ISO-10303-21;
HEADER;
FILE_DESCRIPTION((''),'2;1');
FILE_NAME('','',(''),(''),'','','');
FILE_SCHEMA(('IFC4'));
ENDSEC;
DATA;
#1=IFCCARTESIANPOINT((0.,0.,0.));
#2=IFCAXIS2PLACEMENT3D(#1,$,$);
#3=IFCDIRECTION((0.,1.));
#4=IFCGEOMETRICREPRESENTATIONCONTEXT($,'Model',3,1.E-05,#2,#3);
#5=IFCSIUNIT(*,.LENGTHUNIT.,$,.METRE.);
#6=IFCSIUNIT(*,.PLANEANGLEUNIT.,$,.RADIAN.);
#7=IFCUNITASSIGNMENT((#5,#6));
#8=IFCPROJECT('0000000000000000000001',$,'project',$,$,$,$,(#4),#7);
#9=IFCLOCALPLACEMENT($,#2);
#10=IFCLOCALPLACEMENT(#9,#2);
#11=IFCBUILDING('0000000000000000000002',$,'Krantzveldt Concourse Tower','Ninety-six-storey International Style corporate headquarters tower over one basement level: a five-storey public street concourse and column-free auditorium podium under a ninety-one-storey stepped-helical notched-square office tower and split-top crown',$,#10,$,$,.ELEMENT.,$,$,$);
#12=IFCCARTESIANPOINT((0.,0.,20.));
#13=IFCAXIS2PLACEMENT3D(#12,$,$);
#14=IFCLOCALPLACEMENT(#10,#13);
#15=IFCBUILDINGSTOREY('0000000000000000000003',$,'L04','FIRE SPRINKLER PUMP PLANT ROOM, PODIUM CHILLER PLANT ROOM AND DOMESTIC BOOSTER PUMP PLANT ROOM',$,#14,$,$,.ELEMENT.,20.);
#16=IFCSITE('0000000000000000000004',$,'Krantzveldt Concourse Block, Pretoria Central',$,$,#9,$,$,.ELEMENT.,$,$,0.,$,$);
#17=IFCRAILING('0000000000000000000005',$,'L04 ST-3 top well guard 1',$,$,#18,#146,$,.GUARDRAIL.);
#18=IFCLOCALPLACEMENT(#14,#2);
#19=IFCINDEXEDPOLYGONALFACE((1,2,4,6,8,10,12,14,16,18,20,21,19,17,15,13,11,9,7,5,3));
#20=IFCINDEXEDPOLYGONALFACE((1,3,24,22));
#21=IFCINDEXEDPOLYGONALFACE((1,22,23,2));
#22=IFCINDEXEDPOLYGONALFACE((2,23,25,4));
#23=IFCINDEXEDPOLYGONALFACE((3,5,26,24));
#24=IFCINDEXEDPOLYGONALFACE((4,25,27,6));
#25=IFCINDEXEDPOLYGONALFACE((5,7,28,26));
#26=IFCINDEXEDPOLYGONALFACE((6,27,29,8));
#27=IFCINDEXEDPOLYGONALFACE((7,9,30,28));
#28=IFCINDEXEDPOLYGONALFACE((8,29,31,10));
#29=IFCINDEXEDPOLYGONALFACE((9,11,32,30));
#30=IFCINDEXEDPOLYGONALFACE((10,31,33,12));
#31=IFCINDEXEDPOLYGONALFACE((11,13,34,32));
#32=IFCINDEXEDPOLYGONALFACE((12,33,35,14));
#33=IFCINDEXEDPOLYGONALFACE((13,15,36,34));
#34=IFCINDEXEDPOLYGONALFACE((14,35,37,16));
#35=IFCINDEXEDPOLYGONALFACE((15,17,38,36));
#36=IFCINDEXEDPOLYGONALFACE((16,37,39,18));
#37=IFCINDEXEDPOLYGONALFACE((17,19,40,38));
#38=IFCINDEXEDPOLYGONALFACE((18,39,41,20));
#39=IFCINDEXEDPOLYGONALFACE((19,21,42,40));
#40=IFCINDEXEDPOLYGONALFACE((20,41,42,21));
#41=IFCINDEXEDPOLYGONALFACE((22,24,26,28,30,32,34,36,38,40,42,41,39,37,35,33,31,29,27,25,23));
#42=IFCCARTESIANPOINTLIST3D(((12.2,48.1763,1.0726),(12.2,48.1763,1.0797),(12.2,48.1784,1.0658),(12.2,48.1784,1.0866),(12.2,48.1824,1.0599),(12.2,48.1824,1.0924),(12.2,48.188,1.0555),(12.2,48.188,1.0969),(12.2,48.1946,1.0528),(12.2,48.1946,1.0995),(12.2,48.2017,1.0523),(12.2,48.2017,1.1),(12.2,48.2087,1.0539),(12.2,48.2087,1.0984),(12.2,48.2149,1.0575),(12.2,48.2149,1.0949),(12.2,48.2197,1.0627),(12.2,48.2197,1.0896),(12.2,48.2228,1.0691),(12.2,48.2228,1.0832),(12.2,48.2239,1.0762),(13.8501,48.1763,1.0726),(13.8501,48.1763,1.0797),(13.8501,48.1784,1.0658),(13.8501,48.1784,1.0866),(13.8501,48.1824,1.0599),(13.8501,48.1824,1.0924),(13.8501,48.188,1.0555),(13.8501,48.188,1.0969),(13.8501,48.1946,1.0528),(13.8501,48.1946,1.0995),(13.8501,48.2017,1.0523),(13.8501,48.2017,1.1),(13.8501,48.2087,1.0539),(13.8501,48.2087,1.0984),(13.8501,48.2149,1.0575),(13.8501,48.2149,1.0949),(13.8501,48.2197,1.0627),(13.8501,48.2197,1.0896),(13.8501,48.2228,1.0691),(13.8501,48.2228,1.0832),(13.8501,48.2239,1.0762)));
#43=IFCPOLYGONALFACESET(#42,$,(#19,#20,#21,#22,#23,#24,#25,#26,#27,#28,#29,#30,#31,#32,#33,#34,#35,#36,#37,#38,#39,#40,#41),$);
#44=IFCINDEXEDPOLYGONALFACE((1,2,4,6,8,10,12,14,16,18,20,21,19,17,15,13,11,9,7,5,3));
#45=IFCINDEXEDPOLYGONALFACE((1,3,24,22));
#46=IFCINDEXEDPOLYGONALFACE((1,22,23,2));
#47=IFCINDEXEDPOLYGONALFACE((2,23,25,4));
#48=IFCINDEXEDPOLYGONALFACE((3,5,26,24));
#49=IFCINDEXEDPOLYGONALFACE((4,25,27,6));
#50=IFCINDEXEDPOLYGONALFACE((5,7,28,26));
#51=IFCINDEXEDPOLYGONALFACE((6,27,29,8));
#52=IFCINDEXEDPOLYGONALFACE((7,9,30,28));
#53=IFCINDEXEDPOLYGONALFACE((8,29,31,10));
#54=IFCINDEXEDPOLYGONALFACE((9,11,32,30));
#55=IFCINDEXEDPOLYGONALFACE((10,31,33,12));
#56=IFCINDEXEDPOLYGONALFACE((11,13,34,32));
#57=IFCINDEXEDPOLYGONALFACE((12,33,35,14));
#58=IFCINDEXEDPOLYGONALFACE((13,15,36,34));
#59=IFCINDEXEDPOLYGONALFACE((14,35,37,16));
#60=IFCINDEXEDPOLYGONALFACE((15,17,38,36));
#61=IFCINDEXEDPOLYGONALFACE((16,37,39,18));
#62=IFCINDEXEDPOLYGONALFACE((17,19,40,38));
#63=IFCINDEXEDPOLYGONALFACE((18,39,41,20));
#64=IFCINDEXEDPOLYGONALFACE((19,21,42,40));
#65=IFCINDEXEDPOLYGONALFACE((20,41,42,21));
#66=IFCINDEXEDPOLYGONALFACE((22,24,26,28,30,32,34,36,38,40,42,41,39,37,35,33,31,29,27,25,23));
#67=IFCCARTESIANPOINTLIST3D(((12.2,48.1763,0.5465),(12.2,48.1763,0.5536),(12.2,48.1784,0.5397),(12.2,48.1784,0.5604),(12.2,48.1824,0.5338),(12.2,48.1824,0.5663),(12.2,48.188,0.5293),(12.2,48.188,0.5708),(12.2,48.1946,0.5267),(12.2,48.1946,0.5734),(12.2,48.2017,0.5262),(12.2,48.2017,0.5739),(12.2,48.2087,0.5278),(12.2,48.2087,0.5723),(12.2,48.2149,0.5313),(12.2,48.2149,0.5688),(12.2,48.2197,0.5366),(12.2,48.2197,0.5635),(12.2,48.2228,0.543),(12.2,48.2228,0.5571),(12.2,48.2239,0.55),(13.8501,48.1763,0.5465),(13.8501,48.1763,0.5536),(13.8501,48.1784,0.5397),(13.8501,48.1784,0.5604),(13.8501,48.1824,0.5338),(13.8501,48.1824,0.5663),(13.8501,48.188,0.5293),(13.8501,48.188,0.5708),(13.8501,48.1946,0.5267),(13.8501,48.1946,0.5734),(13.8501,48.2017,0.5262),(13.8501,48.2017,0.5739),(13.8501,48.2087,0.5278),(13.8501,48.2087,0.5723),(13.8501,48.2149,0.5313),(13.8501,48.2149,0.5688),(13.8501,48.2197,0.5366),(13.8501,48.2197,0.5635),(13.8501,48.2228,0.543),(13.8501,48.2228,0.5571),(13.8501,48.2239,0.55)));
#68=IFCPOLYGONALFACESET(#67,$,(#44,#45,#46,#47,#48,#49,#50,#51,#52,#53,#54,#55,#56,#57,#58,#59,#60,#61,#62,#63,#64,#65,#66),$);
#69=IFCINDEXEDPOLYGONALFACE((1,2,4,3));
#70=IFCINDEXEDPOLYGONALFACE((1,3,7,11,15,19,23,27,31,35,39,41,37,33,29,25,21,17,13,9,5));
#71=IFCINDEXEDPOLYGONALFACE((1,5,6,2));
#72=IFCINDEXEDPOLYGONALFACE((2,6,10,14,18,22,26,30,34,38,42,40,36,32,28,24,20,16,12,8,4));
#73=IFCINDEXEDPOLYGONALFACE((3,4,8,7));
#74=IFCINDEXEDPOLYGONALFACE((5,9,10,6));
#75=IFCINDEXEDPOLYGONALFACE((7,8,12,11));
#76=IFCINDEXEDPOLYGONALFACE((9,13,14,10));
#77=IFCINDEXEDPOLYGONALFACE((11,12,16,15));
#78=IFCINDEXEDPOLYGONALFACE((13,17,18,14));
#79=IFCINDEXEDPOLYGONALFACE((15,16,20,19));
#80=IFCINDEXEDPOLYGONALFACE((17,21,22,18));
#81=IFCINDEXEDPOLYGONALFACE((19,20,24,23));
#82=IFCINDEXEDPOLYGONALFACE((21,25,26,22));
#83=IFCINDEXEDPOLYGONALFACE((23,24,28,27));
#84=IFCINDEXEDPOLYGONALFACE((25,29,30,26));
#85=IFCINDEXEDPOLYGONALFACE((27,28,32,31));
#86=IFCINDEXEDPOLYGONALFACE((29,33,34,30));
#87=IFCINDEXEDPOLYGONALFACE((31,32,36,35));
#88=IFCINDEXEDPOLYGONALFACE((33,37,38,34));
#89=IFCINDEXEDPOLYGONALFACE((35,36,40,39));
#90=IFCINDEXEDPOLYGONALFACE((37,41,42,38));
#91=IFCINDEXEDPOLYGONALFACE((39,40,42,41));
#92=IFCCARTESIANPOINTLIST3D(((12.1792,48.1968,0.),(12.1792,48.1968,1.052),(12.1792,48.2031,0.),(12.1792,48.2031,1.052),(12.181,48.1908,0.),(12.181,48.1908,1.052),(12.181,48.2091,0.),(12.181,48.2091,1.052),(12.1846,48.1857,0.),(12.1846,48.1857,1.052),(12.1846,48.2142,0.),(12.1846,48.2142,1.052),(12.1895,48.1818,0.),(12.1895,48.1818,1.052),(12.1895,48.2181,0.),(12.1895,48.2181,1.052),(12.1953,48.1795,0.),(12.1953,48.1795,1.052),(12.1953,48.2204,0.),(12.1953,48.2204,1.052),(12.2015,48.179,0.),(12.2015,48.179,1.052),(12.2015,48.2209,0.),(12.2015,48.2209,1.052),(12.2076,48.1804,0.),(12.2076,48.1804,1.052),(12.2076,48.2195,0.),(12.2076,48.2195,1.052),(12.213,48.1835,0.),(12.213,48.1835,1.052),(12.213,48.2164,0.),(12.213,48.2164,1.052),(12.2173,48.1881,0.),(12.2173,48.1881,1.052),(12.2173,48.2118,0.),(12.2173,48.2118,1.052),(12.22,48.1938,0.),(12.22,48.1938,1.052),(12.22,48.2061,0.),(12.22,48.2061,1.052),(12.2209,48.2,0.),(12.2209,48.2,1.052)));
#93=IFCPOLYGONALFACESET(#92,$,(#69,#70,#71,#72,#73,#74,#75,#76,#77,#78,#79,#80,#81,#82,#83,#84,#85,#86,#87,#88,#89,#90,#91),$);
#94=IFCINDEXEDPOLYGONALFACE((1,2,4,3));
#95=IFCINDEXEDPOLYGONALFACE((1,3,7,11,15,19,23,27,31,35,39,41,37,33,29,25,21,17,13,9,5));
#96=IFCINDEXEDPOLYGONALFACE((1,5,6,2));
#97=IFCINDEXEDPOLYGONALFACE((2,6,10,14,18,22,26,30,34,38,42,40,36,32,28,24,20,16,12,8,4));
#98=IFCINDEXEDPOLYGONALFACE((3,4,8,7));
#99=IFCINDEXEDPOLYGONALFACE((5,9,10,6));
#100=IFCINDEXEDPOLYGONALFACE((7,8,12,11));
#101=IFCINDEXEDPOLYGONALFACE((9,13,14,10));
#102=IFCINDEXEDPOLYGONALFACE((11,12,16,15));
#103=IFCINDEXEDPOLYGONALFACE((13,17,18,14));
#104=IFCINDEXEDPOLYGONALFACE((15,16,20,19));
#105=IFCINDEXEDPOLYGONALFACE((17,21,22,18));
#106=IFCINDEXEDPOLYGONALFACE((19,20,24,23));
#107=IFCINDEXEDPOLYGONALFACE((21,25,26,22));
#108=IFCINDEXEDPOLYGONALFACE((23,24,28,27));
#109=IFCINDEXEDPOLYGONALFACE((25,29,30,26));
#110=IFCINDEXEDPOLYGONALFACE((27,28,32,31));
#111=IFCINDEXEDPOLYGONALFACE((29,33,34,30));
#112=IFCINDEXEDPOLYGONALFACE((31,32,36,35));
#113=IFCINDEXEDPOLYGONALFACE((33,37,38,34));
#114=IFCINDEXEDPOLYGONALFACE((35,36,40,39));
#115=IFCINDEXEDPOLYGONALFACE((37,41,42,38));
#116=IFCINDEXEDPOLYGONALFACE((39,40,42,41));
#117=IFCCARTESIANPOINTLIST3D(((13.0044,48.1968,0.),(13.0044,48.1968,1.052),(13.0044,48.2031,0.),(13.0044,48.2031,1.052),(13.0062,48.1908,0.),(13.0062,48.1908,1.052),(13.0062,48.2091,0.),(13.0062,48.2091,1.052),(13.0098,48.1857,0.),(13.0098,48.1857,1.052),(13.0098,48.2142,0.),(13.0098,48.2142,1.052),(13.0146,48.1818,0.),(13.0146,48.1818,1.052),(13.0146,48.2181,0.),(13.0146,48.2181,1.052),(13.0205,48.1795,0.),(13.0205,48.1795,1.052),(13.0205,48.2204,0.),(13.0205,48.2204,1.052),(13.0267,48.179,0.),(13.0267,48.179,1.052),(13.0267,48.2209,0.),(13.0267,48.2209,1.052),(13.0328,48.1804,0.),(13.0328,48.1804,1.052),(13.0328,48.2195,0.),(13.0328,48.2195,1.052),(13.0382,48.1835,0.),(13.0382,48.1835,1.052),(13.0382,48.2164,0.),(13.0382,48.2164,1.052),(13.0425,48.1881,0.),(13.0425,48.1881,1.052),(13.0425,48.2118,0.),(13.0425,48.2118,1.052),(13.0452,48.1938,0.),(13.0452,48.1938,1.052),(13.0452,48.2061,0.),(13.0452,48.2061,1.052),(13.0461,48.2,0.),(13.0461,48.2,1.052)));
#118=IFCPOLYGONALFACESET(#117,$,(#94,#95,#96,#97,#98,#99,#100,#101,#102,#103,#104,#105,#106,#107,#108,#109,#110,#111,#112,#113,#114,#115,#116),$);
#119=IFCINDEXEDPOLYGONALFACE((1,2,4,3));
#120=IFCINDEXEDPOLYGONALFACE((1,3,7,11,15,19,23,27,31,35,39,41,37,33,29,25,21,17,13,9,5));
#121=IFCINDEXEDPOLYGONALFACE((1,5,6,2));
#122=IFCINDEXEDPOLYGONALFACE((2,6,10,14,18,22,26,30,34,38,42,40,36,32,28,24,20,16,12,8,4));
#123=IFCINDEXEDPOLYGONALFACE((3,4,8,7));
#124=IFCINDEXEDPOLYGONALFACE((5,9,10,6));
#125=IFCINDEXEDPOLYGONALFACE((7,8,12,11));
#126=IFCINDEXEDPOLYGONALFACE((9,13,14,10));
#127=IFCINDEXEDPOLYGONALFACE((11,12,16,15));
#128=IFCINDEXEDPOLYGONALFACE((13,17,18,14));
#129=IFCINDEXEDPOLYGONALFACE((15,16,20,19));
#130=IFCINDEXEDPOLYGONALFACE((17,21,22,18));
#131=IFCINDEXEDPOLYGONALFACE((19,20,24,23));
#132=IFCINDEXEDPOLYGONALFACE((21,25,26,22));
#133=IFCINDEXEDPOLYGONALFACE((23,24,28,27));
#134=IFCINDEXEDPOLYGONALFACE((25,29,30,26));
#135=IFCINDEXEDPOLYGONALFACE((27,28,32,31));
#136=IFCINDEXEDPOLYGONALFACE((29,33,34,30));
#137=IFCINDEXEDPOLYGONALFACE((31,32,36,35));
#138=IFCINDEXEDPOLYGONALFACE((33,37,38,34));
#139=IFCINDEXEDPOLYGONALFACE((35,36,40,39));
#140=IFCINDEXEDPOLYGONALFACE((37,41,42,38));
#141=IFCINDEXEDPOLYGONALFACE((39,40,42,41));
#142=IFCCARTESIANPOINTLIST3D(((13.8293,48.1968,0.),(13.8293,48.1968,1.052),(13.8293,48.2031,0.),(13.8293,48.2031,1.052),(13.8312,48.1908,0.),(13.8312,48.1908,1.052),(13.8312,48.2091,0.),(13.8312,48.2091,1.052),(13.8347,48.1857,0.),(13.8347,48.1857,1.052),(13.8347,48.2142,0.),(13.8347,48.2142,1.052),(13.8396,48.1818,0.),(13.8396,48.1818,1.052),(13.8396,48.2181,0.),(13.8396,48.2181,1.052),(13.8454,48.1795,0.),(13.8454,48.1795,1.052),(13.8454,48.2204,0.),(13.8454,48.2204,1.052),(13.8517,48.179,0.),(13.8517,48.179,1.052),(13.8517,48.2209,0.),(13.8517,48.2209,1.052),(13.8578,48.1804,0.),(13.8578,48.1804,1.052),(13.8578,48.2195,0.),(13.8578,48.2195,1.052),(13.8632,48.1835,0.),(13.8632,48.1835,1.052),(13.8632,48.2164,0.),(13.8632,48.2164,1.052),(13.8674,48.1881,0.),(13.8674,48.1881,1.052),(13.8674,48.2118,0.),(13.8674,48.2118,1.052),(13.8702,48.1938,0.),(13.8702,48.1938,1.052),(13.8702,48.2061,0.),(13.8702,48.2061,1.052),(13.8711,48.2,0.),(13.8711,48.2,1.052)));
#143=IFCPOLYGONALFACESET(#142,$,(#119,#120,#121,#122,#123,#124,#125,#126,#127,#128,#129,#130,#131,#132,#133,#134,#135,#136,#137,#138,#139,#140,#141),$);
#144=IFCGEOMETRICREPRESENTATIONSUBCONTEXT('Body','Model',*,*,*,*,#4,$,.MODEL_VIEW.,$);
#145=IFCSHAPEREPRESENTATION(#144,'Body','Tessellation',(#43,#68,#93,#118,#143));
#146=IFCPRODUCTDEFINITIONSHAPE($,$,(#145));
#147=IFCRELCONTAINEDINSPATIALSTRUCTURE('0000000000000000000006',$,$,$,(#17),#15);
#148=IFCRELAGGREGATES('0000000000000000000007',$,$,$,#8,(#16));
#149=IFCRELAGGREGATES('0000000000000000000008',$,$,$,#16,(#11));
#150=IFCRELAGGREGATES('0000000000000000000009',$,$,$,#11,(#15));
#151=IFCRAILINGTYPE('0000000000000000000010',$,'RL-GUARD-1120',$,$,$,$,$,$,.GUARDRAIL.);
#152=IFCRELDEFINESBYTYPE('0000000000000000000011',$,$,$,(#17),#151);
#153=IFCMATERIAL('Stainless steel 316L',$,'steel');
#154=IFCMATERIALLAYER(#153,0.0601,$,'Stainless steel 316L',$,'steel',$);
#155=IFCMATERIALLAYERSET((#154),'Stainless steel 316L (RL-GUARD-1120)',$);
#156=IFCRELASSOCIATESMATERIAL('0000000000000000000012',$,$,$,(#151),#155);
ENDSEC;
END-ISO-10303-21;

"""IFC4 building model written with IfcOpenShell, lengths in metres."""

from ifc_helpers import new_model, si_unit, direction, frame, origin, origin_2d, place, context, subcontext, project, spatial, circle, extrude, material, layer, layer_set, type_object, element, save


model = new_model("IFC4")

# Units and contexts
model_context = context("Model", 3, precision=1e-05, world=origin(), true_north=direction((0.0, 1.0)))
body_context = subcontext(model_context, "Body", "Model", "MODEL_VIEW")
ifc_project = project(units=[si_unit("LENGTHUNIT", "METRE"), si_unit("PLANEANGLEUNIT", "RADIAN")], contexts=[model_context])

# Site, building, storey
site_placement = place(None, origin())
site = spatial("IfcSite", under=ifc_project, at=site_placement, Name="Krantzveldt Concourse Block, Pretoria Central", CompositionType="ELEMENT", RefElevation=0.0)
building_placement = place(site_placement, origin())
building = spatial("IfcBuilding", under=site, at=building_placement, Name="Krantzveldt Concourse Tower", Description="Ninety-six-storey International Style corporate headquarters tower over one basement level: a five-storey public street concourse and column-free auditorium podium under a ninety-one-storey stepped-helical notched-square office tower and split-top crown", CompositionType="ELEMENT")
storey_placement = place(building_placement, frame((0.0, 0.0, 20.0)))
storey = spatial("IfcBuildingStorey", under=building, at=storey_placement, Name="L04", Description="FIRE SPRINKLER PUMP PLANT ROOM, PODIUM CHILLER PLANT ROOM AND DOMESTIC BOOSTER PUMP PLANT ROOM", CompositionType="ELEMENT", Elevation=20.0)

# Railing
ifc_material_1 = material(Name="Stainless steel 316L", Category="steel")
ifc_layer_1 = layer(ifc_material_1, 0.0601, Name="Stainless steel 316L", Category="steel")
ifc_layer_set_1 = layer_set([ifc_layer_1], Name="Stainless steel 316L (RL-GUARD-1120)")
railing_type = type_object("IfcRailingType", Name="RL-GUARD-1120", PredefinedType="GUARDRAIL", material=ifc_layer_set_1)
railing_placement = place(storey_placement, frame((12.2, 48.2, 0.0)))
element("IfcRailing", 1, at=railing_placement, inside=storey, type_object=railing_type, Name="L04 ST-3 top well guard 1", PredefinedType="GUARDRAIL", context=body_context, shape_type="SweptSolid", body=[
    extrude(circle(Radius=0.0239, at=origin_2d()), frame((0.0, 0.0, 1.0762), z_axis=(1.0, 0.0, 0.0), x_axis=(0.0, 1.0, 0.0)), (0.0, 0.0, 1.0), 1.6501),
    extrude(circle(Radius=0.0239, at=origin_2d()), frame((0.0, 0.0, 0.55), z_axis=(1.0, 0.0, 0.0), x_axis=(0.0, 1.0, 0.0)), (0.0, 0.0, 1.0), 1.6501),
    extrude(circle(Radius=0.021, at=origin_2d()), origin(), (0.0, 0.0, 1.0), 1.052),
    extrude(circle(Radius=0.021, at=origin_2d()), frame((0.8252, 0.0, 0.0)), (0.0, 0.0, 1.0), 1.052),
    extrude(circle(Radius=0.021, at=origin_2d()), frame((1.6501, 0.0, 0.0)), (0.0, 0.0, 1.0), 1.052),
])

save(model, "model.ifc")
